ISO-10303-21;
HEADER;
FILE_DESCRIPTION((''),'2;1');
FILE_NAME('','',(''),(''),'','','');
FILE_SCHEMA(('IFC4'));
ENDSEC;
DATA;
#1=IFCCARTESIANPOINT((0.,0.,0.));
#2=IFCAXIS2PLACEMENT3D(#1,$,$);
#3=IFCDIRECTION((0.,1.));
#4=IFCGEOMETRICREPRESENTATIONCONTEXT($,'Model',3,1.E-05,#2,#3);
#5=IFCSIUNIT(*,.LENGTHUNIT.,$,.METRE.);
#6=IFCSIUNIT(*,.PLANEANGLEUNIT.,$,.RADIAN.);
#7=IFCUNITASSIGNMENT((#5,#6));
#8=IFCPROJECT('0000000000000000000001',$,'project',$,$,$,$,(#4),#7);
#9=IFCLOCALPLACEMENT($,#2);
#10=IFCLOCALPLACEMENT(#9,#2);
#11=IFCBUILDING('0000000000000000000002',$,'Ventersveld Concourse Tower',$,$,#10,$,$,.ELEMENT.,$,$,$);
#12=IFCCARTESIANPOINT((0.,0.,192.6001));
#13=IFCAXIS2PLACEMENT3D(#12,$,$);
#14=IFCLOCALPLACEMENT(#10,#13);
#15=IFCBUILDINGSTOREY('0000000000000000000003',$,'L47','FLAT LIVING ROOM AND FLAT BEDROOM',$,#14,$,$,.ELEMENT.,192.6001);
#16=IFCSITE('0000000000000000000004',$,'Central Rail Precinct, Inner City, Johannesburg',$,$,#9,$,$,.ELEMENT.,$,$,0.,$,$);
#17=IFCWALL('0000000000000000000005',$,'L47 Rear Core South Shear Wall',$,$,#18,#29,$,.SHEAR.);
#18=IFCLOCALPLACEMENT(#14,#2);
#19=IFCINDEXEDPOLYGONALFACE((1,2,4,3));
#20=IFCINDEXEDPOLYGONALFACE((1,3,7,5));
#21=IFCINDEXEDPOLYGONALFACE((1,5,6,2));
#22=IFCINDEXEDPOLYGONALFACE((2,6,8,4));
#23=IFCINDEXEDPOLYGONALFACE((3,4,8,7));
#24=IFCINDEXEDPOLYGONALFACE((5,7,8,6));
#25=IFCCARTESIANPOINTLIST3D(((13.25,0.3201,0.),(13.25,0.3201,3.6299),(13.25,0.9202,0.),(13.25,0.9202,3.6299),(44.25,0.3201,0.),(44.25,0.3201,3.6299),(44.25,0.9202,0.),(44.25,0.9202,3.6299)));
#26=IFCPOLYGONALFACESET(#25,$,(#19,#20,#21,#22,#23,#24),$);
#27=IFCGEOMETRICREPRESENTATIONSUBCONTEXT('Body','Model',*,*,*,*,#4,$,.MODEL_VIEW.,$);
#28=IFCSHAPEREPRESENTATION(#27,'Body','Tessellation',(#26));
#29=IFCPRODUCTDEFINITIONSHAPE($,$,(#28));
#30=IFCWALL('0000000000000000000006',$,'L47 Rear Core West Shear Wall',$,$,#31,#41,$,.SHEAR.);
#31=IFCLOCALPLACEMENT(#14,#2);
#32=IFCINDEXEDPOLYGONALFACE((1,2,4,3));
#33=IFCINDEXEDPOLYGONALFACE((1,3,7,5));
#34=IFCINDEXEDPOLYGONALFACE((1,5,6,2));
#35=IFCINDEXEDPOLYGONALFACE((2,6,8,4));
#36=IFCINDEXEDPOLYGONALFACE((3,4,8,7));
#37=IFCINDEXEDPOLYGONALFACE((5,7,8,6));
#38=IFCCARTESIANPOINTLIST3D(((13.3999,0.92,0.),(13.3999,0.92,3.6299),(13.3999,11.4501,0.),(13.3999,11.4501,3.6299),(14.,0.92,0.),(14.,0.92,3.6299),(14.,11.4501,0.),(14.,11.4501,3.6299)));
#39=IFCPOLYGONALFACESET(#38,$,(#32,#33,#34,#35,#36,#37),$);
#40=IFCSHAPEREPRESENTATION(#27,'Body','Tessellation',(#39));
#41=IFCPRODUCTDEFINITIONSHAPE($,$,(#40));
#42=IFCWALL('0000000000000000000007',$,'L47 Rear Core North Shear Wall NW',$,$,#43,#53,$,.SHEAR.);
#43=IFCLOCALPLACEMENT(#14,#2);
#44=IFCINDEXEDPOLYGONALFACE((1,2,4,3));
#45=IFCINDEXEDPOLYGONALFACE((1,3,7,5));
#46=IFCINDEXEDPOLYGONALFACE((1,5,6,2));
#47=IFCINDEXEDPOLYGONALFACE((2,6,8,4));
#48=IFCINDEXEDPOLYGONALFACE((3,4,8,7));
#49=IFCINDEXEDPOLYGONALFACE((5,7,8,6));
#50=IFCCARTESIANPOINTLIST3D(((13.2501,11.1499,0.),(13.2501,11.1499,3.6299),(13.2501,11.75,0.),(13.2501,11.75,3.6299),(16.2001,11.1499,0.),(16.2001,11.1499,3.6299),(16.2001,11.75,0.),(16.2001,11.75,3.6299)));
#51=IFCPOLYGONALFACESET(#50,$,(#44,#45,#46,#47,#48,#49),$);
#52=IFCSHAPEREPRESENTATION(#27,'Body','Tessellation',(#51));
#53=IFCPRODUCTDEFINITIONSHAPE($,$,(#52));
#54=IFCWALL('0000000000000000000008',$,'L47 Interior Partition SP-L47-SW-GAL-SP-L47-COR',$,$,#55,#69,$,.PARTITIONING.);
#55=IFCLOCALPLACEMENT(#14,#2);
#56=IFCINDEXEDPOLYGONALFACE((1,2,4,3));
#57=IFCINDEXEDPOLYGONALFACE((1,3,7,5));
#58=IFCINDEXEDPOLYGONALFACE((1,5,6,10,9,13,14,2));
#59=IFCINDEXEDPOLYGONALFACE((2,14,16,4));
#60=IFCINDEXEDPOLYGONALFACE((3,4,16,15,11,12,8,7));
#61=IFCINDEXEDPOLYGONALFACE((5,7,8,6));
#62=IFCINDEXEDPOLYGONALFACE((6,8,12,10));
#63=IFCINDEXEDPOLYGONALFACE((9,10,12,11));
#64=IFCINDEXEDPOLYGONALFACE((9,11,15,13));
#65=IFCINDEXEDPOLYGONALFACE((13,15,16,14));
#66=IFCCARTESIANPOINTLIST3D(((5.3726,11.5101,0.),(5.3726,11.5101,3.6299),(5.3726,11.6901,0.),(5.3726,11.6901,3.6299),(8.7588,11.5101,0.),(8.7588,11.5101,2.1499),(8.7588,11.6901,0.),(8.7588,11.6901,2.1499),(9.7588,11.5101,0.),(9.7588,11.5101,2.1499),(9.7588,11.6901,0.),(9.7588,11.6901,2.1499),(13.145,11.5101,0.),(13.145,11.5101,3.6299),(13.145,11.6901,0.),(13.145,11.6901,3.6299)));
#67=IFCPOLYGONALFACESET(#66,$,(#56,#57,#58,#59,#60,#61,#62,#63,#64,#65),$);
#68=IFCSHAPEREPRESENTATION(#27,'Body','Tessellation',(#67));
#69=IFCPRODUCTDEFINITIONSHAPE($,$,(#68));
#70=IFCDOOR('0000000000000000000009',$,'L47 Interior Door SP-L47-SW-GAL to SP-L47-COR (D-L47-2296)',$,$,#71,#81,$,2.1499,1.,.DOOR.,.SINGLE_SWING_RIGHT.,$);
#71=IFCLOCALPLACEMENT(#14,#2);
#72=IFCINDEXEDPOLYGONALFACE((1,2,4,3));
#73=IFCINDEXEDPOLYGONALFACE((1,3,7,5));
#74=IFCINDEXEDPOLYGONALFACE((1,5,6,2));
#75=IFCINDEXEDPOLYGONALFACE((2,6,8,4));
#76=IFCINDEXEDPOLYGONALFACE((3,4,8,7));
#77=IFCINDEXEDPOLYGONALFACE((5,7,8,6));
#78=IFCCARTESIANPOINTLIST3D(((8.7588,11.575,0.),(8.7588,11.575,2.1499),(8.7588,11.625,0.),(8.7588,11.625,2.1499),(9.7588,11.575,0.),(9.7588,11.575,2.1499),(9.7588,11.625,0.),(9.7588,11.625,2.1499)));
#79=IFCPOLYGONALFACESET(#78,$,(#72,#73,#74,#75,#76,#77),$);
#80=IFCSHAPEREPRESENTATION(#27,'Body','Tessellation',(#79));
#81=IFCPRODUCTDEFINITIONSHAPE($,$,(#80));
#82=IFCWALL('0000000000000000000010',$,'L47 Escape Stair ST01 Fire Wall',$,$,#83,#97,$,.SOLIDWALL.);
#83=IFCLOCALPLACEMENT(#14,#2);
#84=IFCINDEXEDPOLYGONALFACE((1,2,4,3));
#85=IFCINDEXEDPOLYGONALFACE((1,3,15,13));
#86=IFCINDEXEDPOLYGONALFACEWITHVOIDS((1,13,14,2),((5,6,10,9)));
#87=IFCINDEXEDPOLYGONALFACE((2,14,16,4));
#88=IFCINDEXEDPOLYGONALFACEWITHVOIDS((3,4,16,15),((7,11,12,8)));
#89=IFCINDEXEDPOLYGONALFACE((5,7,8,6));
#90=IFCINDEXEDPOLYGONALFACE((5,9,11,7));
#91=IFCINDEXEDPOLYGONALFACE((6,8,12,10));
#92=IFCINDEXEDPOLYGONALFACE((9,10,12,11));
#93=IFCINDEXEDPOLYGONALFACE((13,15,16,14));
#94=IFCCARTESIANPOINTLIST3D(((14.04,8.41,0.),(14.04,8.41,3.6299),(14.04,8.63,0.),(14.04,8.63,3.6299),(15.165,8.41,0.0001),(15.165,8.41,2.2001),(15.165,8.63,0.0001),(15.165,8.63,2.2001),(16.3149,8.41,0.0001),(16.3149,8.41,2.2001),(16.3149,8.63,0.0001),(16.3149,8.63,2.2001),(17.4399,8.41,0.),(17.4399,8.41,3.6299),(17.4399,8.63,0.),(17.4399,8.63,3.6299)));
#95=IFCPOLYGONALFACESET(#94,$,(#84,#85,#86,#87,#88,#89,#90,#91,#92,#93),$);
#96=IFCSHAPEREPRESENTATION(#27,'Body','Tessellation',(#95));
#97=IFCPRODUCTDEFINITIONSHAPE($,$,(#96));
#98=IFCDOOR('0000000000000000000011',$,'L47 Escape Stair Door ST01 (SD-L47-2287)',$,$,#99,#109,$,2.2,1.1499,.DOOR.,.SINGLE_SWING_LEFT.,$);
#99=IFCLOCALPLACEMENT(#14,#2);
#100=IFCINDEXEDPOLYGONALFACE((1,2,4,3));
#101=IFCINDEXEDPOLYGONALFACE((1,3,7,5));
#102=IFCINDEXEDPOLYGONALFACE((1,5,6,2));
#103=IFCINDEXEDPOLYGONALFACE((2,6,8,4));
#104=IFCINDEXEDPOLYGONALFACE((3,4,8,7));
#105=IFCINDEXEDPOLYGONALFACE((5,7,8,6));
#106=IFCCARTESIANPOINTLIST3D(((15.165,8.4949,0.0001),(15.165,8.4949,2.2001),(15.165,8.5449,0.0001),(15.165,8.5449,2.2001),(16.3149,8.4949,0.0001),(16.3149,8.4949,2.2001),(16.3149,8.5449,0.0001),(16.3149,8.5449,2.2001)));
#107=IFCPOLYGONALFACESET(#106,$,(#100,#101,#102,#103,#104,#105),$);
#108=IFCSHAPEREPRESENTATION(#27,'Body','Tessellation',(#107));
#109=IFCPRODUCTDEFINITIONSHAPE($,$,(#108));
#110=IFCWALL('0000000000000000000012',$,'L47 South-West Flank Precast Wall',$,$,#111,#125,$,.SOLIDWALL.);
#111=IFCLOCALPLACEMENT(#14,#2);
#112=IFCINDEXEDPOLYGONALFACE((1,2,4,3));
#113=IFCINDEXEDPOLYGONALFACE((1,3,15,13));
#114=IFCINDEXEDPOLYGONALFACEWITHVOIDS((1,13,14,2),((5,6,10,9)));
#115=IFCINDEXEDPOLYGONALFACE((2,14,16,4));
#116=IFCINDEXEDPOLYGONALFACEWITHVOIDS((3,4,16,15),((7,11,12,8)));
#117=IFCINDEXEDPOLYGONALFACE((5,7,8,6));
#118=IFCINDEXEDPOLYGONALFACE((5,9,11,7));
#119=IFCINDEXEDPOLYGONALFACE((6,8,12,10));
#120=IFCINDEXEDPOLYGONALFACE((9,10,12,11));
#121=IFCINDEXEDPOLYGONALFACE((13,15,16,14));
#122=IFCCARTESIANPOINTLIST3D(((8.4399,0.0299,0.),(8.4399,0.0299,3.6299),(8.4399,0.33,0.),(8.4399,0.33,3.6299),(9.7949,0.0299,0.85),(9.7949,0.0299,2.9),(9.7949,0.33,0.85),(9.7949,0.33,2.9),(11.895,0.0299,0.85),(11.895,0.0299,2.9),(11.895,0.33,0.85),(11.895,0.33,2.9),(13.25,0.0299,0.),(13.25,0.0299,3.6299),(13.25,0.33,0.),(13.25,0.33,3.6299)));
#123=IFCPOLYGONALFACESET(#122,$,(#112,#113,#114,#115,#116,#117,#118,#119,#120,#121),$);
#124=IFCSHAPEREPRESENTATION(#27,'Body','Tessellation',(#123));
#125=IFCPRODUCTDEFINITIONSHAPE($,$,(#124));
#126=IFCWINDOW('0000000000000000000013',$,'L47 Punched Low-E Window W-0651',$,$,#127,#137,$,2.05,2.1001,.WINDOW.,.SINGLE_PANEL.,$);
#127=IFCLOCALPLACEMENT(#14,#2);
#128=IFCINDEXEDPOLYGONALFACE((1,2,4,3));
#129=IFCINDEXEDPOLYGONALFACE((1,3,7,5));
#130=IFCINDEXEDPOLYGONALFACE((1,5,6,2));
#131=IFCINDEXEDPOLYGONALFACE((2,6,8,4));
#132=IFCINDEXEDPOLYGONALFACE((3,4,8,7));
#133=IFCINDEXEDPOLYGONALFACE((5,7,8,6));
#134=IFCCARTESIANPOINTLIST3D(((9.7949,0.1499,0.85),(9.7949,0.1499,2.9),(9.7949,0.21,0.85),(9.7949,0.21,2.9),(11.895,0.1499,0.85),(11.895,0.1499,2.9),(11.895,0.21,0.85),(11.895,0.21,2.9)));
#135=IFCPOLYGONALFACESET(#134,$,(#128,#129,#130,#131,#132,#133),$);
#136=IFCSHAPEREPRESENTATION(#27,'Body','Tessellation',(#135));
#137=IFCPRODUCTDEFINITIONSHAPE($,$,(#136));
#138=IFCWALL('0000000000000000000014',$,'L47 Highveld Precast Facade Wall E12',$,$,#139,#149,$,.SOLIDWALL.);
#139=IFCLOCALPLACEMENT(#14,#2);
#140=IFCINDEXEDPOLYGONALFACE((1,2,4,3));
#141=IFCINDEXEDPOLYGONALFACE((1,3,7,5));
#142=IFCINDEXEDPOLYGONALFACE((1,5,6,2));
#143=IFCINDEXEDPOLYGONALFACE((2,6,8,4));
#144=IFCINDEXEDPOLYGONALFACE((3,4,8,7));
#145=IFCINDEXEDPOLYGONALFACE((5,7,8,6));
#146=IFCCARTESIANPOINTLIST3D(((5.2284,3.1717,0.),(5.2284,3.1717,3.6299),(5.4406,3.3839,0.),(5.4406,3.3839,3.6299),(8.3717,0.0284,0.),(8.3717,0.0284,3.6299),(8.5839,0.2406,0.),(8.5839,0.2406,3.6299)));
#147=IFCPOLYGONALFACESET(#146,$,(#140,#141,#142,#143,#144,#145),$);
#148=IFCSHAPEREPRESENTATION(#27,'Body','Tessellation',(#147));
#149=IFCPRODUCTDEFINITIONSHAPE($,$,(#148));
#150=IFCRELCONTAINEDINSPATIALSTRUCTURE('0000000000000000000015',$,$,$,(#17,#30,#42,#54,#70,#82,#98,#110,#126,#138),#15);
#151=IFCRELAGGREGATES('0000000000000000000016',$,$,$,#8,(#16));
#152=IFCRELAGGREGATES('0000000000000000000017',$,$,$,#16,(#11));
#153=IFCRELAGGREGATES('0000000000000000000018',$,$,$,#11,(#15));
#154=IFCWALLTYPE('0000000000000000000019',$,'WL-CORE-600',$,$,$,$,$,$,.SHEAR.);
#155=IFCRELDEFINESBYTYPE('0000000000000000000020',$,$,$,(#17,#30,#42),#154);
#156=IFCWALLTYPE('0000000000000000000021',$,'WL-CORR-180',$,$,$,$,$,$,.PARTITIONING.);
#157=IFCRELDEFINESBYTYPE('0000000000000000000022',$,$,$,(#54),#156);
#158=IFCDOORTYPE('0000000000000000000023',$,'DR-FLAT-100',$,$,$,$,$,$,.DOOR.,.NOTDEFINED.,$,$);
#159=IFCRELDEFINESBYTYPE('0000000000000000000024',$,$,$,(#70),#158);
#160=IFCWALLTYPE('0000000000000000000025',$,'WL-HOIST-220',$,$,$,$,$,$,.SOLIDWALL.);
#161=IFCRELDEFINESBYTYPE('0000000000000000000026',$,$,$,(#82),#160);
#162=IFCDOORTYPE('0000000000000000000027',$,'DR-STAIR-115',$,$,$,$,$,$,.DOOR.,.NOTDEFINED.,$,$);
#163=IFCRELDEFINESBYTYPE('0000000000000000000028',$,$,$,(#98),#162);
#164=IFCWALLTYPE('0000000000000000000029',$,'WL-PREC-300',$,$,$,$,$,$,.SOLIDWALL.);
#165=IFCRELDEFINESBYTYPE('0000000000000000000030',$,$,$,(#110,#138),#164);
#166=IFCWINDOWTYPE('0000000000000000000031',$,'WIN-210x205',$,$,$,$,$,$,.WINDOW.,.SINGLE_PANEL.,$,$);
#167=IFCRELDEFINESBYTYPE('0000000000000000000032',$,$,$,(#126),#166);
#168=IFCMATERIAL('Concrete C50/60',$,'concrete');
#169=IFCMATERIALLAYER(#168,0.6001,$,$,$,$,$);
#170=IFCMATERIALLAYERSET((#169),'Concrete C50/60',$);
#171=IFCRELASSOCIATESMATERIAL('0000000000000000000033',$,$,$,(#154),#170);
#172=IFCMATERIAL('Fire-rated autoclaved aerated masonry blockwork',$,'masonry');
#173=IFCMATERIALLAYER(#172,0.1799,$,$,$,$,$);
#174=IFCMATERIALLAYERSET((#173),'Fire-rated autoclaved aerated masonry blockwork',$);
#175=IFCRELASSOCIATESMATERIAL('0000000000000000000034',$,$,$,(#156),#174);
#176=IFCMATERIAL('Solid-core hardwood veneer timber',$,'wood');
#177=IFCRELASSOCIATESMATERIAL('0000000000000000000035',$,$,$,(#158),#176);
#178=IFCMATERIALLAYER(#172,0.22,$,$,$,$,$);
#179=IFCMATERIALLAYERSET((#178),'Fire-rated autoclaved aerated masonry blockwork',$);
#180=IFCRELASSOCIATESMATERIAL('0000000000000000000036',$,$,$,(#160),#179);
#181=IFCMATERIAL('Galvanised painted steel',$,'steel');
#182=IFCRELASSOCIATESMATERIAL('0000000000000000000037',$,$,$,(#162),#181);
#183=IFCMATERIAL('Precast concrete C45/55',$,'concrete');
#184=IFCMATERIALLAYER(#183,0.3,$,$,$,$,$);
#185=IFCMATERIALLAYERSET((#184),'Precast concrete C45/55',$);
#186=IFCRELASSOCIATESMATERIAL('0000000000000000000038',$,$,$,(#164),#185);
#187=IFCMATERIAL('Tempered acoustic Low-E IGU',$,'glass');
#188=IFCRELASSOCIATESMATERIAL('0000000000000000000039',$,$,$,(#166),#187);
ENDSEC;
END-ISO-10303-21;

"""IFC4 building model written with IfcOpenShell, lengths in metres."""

from ifc_helpers import new_model, si_unit, direction, frame, frame_2d, origin, place, context, subcontext, project, spatial, rectangle, extrude, material, layer, layer_set, type_object, element, fill, save


model = new_model("IFC4")

# Units and contexts
model_context = context("Model", 3, precision=1e-05, world=origin(), true_north=direction((0.0, 1.0)))
body_context = subcontext(model_context, "Body", "Model", "MODEL_VIEW")
ifc_project = project(units=[si_unit("LENGTHUNIT", "METRE"), si_unit("PLANEANGLEUNIT", "RADIAN")], contexts=[model_context])

# Site, building, storey
site_placement = place(None, origin())
site = spatial("IfcSite", under=ifc_project, at=site_placement, Name="Central Rail Precinct, Inner City, Johannesburg", CompositionType="ELEMENT", RefElevation=0.0)
building_placement = place(site_placement, origin())
building = spatial("IfcBuilding", under=site, at=building_placement, Name="Ventersveld Concourse Tower", CompositionType="ELEMENT")
storey_placement = place(building_placement, frame((0.0, 0.0, 192.6001)))
storey = spatial("IfcBuildingStorey", under=building, at=storey_placement, Name="L47", Description="FLAT LIVING ROOM AND FLAT BEDROOM", CompositionType="ELEMENT", Elevation=192.6001)

# Shared definitions
ifc_material_1 = material(Name="Concrete C50/60", Category="concrete")

# Walls
ifc_layer_1 = layer(ifc_material_1, 0.6001)
ifc_layer_set_1 = layer_set([ifc_layer_1], Name="Concrete C50/60")
wall_type_1 = type_object("IfcWallType", Name="WL-CORE-600", PredefinedType="SHEAR", material=ifc_layer_set_1)
wall_1_placement = place(storey_placement, frame((13.25, 0.6201, 0.0), z_axis=(0.0, 0.0, 1.0), x_axis=(1.0, 0.0, 0.0)))
element("IfcWall", 1, at=wall_1_placement, inside=storey, type_object=wall_type_1, Name="L47 Rear Core South Shear Wall", PredefinedType="SHEAR", context=body_context, shape_type="SweptSolid", body=[
    extrude(rectangle(XDim=31.0, YDim=0.6001, at=frame_2d((15.5, 0.0))), origin(), (0.0, 0.0, 1.0), 3.6299),
])
wall_2_placement = place(storey_placement, frame((13.7, 0.9199, 0.0), z_axis=(0.0, 0.0, 1.0), x_axis=(0.0, 1.0, 0.0)))
element("IfcWall", 2, at=wall_2_placement, inside=storey, type_object=wall_type_1, Name="L47 Rear Core West Shear Wall", PredefinedType="SHEAR", context=body_context, shape_type="SweptSolid", body=[
    extrude(rectangle(XDim=10.53, YDim=0.6001, at=frame_2d((5.2651, 0.0))), origin(), (0.0, 0.0, 1.0), 3.6299),
])
wall_3_placement = place(storey_placement, frame((13.25, 11.45, 0.0), z_axis=(0.0, 0.0, 1.0), x_axis=(1.0, 0.0, 0.0)))
element("IfcWall", 3, at=wall_3_placement, inside=storey, type_object=wall_type_1, Name="L47 Rear Core North Shear Wall NW", PredefinedType="SHEAR", context=body_context, shape_type="SweptSolid", body=[
    extrude(rectangle(XDim=2.95, YDim=0.6001, at=frame_2d((1.4751, 0.0))), origin(), (0.0, 0.0, 1.0), 3.6299),
])

# Walls, openings, doors
ifc_material_2 = material(Name="Fire-rated autoclaved aerated masonry blockwork", Category="masonry")
ifc_layer_2 = layer(ifc_material_2, 0.1799)
ifc_layer_set_2 = layer_set([ifc_layer_2], Name="Fire-rated autoclaved aerated masonry blockwork")
wall_type_2 = type_object("IfcWallType", Name="WL-CORR-180", PredefinedType="PARTITIONING", material=ifc_layer_set_2)
wall_4_placement = place(storey_placement, frame((5.3726, 11.6001, 0.0), z_axis=(0.0, 0.0, 1.0), x_axis=(1.0, 0.0, 0.0)))
wall_4 = element("IfcWall", 4, at=wall_4_placement, inside=storey, type_object=wall_type_2, Name="L47 Interior Partition SP-L47-SW-GAL-SP-L47-COR", PredefinedType="PARTITIONING", context=body_context, shape_type="SweptSolid", body=[
    extrude(rectangle(XDim=7.7725, YDim=0.1799, at=frame_2d((3.8862, 0.0))), origin(), (0.0, 0.0, 1.0), 3.6299),
])
opening_1_placement = place(wall_4_placement, frame((3.3862, 0.0, 0.0)))
opening_1 = element("IfcOpeningElement", 5, at=opening_1_placement, cuts=wall_4, PredefinedType="OPENING", context=body_context, shape_type="SweptSolid", body=[
    extrude(rectangle(XDim=1.0, YDim=2.1499, at=frame_2d((0.5, 1.075))), frame((0.0, 0.1001, 0.0), z_axis=(0.0, -1.0, 0.0), x_axis=(1.0, 0.0, 0.0)), (0.0, 0.0, 1.0), 0.2),
])
ifc_material_3 = material(Name="Solid-core hardwood veneer timber", Category="wood")
door_type_1 = type_object("IfcDoorType", Name="DR-FLAT-100", OperationType="NOTDEFINED", PredefinedType="DOOR", material=ifc_material_3)
door_1_placement = place(opening_1_placement, origin())
door_1 = element("IfcDoor", 6, at=door_1_placement, inside=storey, type_object=door_type_1, Name="L47 Interior Door SP-L47-SW-GAL to SP-L47-COR (D-L47-2296)", OperationType="SINGLE_SWING_RIGHT", OverallHeight=2.1499, OverallWidth=1.0, PredefinedType="DOOR", context=body_context, shape_type="SweptSolid", body=[
    extrude(rectangle(XDim=1.0, YDim=2.1499, at=frame_2d((0.5, 1.075))), frame((0.0, 0.0249, 0.0), z_axis=(0.0, -1.0, 0.0), x_axis=(1.0, 0.0, 0.0)), (0.0, 0.0, 1.0), 0.05),
])
fill(opening_1, door_1)
ifc_layer_3 = layer(ifc_material_2, 0.22)
ifc_layer_set_3 = layer_set([ifc_layer_3], Name="Fire-rated autoclaved aerated masonry blockwork")
wall_type_3 = type_object("IfcWallType", Name="WL-HOIST-220", PredefinedType="SOLIDWALL", material=ifc_layer_set_3)
wall_5_placement = place(storey_placement, frame((14.04, 8.52, 0.0), z_axis=(0.0, 0.0, 1.0), x_axis=(1.0, 0.0, 0.0)))
wall_5 = element("IfcWall", 7, at=wall_5_placement, inside=storey, type_object=wall_type_3, Name="L47 Escape Stair ST01 Fire Wall", PredefinedType="SOLIDWALL", context=body_context, shape_type="SweptSolid", body=[
    extrude(rectangle(XDim=3.3999, YDim=0.22, at=frame_2d((1.7, 0.0))), origin(), (0.0, 0.0, 1.0), 3.6299),
])
opening_2_placement = place(wall_5_placement, frame((1.125, 0.0, 0.0)))
opening_2 = element("IfcOpeningElement", 8, at=opening_2_placement, cuts=wall_5, PredefinedType="OPENING", context=body_context, shape_type="SweptSolid", body=[
    extrude(rectangle(XDim=1.1499, YDim=2.2, at=frame_2d((0.575, 1.1001))), frame((0.0, 0.1201, 0.0), z_axis=(0.0, -1.0, 0.0), x_axis=(1.0, 0.0, 0.0)), (0.0, 0.0, 1.0), 0.24),
])
ifc_material_4 = material(Name="Galvanised painted steel", Category="steel")
door_type_2 = type_object("IfcDoorType", Name="DR-STAIR-115", OperationType="NOTDEFINED", PredefinedType="DOOR", material=ifc_material_4)
door_2_placement = place(opening_2_placement, origin())
door_2 = element("IfcDoor", 9, at=door_2_placement, inside=storey, type_object=door_type_2, Name="L47 Escape Stair Door ST01 (SD-L47-2287)", OperationType="SINGLE_SWING_LEFT", OverallHeight=2.2, OverallWidth=1.1499, PredefinedType="DOOR", context=body_context, shape_type="SweptSolid", body=[
    extrude(rectangle(XDim=1.1499, YDim=2.2, at=frame_2d((0.575, 1.1001))), frame((0.0, 0.0249, 0.0), z_axis=(0.0, -1.0, 0.0), x_axis=(1.0, 0.0, 0.0)), (0.0, 0.0, 1.0), 0.05),
])
fill(opening_2, door_2)

# Wall, opening, window
ifc_material_5 = material(Name="Precast concrete C45/55", Category="concrete")
ifc_layer_4 = layer(ifc_material_5, 0.3)
ifc_layer_set_4 = layer_set([ifc_layer_4], Name="Precast concrete C45/55")
wall_type_4 = type_object("IfcWallType", Name="WL-PREC-300", PredefinedType="SOLIDWALL", material=ifc_layer_set_4)
wall_6_placement = place(storey_placement, frame((8.4399, 0.1799, 0.0), z_axis=(0.0, 0.0, 1.0), x_axis=(1.0, 0.0, 0.0)))
wall_6 = element("IfcWall", 10, at=wall_6_placement, inside=storey, type_object=wall_type_4, Name="L47 South-West Flank Precast Wall", PredefinedType="SOLIDWALL", context=body_context, shape_type="SweptSolid", body=[
    extrude(rectangle(XDim=4.8101, YDim=0.3, at=frame_2d((2.405, 0.0))), origin(), (0.0, 0.0, 1.0), 3.6299),
])
opening_3_placement = place(wall_6_placement, frame((1.355, 0.0, 0.8501)))
opening_3 = element("IfcOpeningElement", 11, at=opening_3_placement, cuts=wall_6, PredefinedType="OPENING", context=body_context, shape_type="SweptSolid", body=[
    extrude(rectangle(XDim=2.1001, YDim=2.05, at=frame_2d((1.05, 1.0249))), frame((0.0, 0.1602, 0.0), z_axis=(0.0, -1.0, 0.0), x_axis=(1.0, 0.0, 0.0)), (0.0, 0.0, 1.0), 0.3201),
])
ifc_material_6 = material(Name="Tempered acoustic Low-E IGU", Category="glass")
window_type = type_object("IfcWindowType", Name="WIN-210x205", PartitioningType="SINGLE_PANEL", PredefinedType="WINDOW", material=ifc_material_6)
window_placement = place(opening_3_placement, origin())
window = element("IfcWindow", 12, at=window_placement, inside=storey, type_object=window_type, Name="L47 Punched Low-E Window W-0651", OverallHeight=2.05, OverallWidth=2.1001, PartitioningType="SINGLE_PANEL", PredefinedType="WINDOW", context=body_context, shape_type="SweptSolid", body=[
    extrude(rectangle(XDim=2.1001, YDim=2.05, at=frame_2d((1.05, 1.0249))), frame((0.0, 0.03, 0.0), z_axis=(0.0, -1.0, 0.0), x_axis=(1.0, 0.0, 0.0)), (0.0, 0.0, 1.0), 0.0601),
])
fill(opening_3, window)

# Wall
wall_7_placement = place(storey_placement, frame((5.3345, 3.2778, 0.0), z_axis=(0.0, 0.0, 1.0), x_axis=(0.707107, -0.707107, 0.0)))
element("IfcWall", 13, at=wall_7_placement, inside=storey, type_object=wall_type_4, Name="L47 Highveld Precast Facade Wall E12", PredefinedType="SOLIDWALL", context=body_context, shape_type="SweptSolid", body=[
    extrude(rectangle(XDim=4.4453, YDim=0.3, at=frame_2d((2.2227, 0.0))), origin(), (0.0, 0.0, 1.0), 3.6299),
])

save(model, "model.ifc")
